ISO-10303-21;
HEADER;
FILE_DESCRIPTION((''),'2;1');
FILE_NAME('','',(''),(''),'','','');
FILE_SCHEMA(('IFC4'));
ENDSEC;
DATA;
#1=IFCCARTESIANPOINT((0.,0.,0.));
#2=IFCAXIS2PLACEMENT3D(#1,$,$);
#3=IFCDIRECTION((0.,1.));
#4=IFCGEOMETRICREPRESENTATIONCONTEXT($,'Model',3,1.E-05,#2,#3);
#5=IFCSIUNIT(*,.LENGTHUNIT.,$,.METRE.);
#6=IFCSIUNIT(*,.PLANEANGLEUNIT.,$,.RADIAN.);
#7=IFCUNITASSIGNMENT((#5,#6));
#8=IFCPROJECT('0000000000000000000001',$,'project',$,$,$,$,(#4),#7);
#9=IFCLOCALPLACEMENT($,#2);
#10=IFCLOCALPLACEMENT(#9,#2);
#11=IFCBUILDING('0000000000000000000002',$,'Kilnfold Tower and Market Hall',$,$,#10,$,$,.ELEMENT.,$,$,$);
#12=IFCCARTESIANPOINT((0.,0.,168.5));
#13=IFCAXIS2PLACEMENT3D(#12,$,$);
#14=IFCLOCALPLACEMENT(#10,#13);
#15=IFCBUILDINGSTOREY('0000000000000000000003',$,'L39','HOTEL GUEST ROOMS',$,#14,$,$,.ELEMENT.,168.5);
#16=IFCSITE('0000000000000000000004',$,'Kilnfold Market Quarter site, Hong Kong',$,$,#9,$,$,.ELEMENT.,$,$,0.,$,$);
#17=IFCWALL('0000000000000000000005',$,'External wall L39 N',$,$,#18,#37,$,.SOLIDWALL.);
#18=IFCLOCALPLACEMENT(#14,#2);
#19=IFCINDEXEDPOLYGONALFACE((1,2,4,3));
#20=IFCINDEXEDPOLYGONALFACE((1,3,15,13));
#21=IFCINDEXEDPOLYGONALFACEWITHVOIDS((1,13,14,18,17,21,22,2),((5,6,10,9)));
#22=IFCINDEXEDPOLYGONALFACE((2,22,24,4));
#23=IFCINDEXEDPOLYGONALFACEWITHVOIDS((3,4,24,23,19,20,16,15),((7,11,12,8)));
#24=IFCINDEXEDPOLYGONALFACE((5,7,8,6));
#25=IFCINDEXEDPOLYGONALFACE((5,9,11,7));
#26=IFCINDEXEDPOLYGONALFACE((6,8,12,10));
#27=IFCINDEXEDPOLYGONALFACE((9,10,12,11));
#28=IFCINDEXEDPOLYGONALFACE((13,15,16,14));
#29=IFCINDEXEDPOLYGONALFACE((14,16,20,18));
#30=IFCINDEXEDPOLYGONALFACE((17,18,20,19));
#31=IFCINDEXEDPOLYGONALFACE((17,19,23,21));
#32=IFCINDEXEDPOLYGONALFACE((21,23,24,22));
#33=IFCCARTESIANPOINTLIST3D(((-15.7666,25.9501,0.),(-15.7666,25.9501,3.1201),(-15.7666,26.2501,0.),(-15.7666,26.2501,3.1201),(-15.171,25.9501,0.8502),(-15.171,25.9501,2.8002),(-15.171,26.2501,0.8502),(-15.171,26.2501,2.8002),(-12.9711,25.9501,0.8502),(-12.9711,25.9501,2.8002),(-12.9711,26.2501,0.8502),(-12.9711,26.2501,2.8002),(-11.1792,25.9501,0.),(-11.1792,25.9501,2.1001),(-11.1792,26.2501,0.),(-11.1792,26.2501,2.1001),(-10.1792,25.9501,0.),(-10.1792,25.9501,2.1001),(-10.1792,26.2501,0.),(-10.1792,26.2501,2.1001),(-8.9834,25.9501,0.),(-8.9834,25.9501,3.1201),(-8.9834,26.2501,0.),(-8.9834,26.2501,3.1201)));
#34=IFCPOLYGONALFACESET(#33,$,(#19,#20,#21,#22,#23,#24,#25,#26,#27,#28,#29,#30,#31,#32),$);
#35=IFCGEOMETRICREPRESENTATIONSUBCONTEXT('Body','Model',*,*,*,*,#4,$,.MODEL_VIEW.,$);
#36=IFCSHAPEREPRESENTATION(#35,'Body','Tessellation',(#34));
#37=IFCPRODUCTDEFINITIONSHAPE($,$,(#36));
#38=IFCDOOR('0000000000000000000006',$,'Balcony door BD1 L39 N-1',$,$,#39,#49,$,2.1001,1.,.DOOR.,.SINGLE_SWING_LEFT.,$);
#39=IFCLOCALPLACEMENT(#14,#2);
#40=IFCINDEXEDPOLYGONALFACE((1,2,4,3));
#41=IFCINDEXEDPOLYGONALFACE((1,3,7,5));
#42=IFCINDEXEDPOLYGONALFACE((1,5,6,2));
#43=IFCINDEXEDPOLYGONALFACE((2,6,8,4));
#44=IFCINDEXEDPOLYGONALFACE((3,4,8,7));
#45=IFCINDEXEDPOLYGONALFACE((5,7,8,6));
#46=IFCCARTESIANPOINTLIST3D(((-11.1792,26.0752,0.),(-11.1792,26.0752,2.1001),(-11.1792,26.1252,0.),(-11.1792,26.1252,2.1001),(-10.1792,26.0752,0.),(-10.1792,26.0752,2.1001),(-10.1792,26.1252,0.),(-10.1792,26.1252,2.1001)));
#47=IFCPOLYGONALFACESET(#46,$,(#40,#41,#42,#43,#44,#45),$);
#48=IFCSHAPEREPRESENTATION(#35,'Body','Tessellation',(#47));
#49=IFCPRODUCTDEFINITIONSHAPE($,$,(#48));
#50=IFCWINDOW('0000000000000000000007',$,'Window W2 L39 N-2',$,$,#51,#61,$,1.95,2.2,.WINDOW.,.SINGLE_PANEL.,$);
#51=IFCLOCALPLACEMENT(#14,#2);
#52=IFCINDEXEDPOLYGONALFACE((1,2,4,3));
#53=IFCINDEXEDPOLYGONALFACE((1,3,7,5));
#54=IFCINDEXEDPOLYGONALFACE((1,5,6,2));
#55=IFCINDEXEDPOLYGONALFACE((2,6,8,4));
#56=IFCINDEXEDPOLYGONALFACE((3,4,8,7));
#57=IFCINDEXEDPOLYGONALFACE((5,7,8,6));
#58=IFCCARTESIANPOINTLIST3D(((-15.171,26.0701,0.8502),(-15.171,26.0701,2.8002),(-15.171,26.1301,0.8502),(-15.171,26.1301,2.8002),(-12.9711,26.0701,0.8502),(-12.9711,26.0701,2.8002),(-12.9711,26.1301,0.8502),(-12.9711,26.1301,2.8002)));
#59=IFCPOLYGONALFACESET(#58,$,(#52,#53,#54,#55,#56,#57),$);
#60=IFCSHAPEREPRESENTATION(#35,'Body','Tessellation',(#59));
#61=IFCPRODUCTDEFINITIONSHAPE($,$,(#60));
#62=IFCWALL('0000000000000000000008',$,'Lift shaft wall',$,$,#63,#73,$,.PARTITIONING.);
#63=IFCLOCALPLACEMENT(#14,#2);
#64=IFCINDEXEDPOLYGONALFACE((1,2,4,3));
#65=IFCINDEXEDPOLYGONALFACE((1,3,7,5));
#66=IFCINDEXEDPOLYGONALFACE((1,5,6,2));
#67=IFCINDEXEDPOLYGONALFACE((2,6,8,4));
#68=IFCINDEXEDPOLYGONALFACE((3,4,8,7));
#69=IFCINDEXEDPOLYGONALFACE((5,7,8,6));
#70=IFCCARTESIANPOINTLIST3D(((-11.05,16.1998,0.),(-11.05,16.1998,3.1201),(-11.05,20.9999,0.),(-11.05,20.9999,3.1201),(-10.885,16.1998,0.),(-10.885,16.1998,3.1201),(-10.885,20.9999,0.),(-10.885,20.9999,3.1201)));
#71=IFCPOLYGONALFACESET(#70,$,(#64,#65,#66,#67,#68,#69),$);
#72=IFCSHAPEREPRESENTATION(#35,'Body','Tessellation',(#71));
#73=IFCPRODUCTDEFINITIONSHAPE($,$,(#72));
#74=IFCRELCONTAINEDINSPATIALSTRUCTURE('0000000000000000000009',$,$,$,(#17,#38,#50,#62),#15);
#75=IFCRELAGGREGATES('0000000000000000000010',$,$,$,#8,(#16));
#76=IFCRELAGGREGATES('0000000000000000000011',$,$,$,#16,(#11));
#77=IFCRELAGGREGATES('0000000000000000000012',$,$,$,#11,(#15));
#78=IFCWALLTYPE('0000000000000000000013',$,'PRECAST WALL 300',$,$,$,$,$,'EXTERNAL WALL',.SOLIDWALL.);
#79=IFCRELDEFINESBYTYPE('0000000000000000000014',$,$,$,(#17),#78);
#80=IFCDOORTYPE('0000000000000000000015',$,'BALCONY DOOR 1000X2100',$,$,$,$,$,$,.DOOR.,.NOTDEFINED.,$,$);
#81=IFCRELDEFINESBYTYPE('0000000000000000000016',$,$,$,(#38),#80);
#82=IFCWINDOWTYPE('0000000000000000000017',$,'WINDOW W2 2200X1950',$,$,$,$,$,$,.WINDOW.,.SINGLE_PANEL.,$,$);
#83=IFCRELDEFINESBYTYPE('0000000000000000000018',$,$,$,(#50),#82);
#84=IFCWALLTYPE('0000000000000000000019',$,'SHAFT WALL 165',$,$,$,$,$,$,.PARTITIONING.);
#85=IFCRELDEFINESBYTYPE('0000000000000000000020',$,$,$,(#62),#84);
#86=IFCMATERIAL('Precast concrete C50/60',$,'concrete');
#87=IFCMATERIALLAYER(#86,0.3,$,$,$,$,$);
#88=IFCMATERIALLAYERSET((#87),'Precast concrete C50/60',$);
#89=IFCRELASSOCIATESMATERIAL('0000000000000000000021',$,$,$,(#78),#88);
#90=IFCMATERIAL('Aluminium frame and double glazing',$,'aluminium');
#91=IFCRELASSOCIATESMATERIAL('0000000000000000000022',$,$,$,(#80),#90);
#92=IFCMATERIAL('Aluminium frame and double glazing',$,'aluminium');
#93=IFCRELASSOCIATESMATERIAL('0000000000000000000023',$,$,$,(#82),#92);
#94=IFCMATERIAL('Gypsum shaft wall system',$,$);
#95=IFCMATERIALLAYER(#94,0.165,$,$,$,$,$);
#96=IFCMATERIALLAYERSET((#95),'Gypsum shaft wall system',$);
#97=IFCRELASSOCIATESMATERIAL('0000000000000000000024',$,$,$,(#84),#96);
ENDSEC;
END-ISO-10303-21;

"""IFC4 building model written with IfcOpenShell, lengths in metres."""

from ifc_helpers import new_model, si_unit, direction, frame, frame_2d, origin, place, context, subcontext, project, spatial, rectangle, extrude, source, transform, mapped, material, layer, layer_set, type_object, element, fill, save


model = new_model("IFC4")

# Units and contexts
model_context = context("Model", 3, precision=1e-05, world=origin(), true_north=direction((0.0, 1.0)))
body_context = subcontext(model_context, "Body", "Model", "MODEL_VIEW")
ifc_project = project(units=[si_unit("LENGTHUNIT", "METRE"), si_unit("PLANEANGLEUNIT", "RADIAN")], contexts=[model_context])

# Site, building, storey
site_placement = place(None, origin())
site = spatial("IfcSite", under=ifc_project, at=site_placement, Name="Kilnfold Market Quarter site, Hong Kong", CompositionType="ELEMENT", RefElevation=0.0)
building_placement = place(site_placement, origin())
building = spatial("IfcBuilding", under=site, at=building_placement, Name="Kilnfold Tower and Market Hall", CompositionType="ELEMENT")
storey_placement = place(building_placement, frame((0.0, 0.0, 168.5)))
storey = spatial("IfcBuildingStorey", under=building, at=storey_placement, Name="L39", Description="HOTEL GUEST ROOMS", CompositionType="ELEMENT", Elevation=168.5)

# Wall, openings, door, window
ifc_material_1 = material(Name="Precast concrete C50/60", Category="concrete")
ifc_layer_1 = layer(ifc_material_1, 0.3)
ifc_layer_set_1 = layer_set([ifc_layer_1], Name="Precast concrete C50/60")
wall_type_1 = type_object("IfcWallType", Name="PRECAST WALL 300", ElementType="EXTERNAL WALL", PredefinedType="SOLIDWALL", material=ifc_layer_set_1)
shared_shape_1 = source(origin(), body_context, "Body", "SweptSolid", [
    extrude(rectangle(XDim=6.7832, YDim=0.3, at=frame_2d((3.3916, 0.0))), origin(), (0.0, 0.0, 1.0), 3.1201),
])
wall_1_placement = place(storey_placement, frame((-8.9834, 26.1001, 0.0), z_axis=(0.0, 0.0, 1.0), x_axis=(-1.0, 0.0, 0.0)))
wall_1 = element("IfcWall", 1, at=wall_1_placement, inside=storey, type_object=wall_type_1, Name="External wall L39 N", PredefinedType="SOLIDWALL", context=body_context, shape_type="MappedRepresentation", body=[
    mapped(shared_shape_1, transform((0.0, 0.0, 0.0))),
])
opening_1_placement = place(wall_1_placement, frame((1.1958, 0.0, 0.0)))
opening_1 = element("IfcOpeningElement", 2, at=opening_1_placement, cuts=wall_1, PredefinedType="OPENING", context=body_context, shape_type="SweptSolid", body=[
    extrude(rectangle(XDim=1.0, YDim=2.1001, at=frame_2d((0.5, 1.05))), frame((0.0, 0.1602, 0.0), z_axis=(0.0, -1.0, 0.0), x_axis=(1.0, 0.0, 0.0)), (0.0, 0.0, 1.0), 0.3201),
])
opening_2_placement = place(wall_1_placement, frame((3.9875, 0.0, 0.8501)))
opening_2 = element("IfcOpeningElement", 3, at=opening_2_placement, cuts=wall_1, PredefinedType="OPENING", context=body_context, shape_type="SweptSolid", body=[
    extrude(rectangle(XDim=2.2, YDim=1.95, at=frame_2d((1.1001, 0.9751))), frame((0.0, 0.1602, 0.0), z_axis=(0.0, -1.0, 0.0), x_axis=(1.0, 0.0, 0.0)), (0.0, 0.0, 1.0), 0.3201),
])
ifc_material_2 = material(Name="Aluminium frame and double glazing", Category="aluminium")
door_type_1 = type_object("IfcDoorType", Name="BALCONY DOOR 1000X2100", OperationType="NOTDEFINED", PredefinedType="DOOR", material=ifc_material_2)
door_1_placement = place(opening_1_placement, origin())
door_1 = element("IfcDoor", 4, at=door_1_placement, inside=storey, type_object=door_type_1, Name="Balcony door BD1 L39 N-1", OperationType="SINGLE_SWING_LEFT", OverallHeight=2.1001, OverallWidth=1.0, PredefinedType="DOOR", context=body_context, shape_type="SweptSolid", body=[
    extrude(rectangle(XDim=1.0, YDim=2.1001, at=frame_2d((0.5, 1.05))), frame((0.0, 0.0249, 0.0), z_axis=(0.0, -1.0, 0.0), x_axis=(1.0, 0.0, 0.0)), (0.0, 0.0, 1.0), 0.05),
])
fill(opening_1, door_1)
ifc_material_3 = material(Name="Aluminium frame and double glazing", Category="aluminium")
window_type = type_object("IfcWindowType", Name="WINDOW W2 2200X1950", PartitioningType="SINGLE_PANEL", PredefinedType="WINDOW", material=ifc_material_3)
window_placement = place(opening_2_placement, origin())
window = element("IfcWindow", 5, at=window_placement, inside=storey, type_object=window_type, Name="Window W2 L39 N-2", OverallHeight=1.95, OverallWidth=2.2, PartitioningType="SINGLE_PANEL", PredefinedType="WINDOW", context=body_context, shape_type="SweptSolid", body=[
    extrude(rectangle(XDim=2.2, YDim=1.95, at=frame_2d((1.1001, 0.9751))), frame((0.0, 0.03, 0.0), z_axis=(0.0, -1.0, 0.0), x_axis=(1.0, 0.0, 0.0)), (0.0, 0.0, 1.0), 0.0601),
])
fill(opening_2, window)

# Wall
ifc_material_4 = material(Name="Gypsum shaft wall system")
ifc_layer_2 = layer(ifc_material_4, 0.165)
ifc_layer_set_2 = layer_set([ifc_layer_2], Name="Gypsum shaft wall system")
wall_type_2 = type_object("IfcWallType", Name="SHAFT WALL 165", PredefinedType="PARTITIONING", material=ifc_layer_set_2)
shared_shape_2 = source(origin(), body_context, "Body", "SweptSolid", [
    extrude(rectangle(XDim=4.8, YDim=0.165, at=frame_2d((2.3999, 0.0))), origin(), (0.0, 0.0, 1.0), 3.1201),
])
wall_2_placement = place(storey_placement, frame((-10.9675, 16.2, 0.0), z_axis=(0.0, 0.0, 1.0), x_axis=(0.0, 1.0, 0.0)))
element("IfcWall", 6, at=wall_2_placement, inside=storey, type_object=wall_type_2, Name="Lift shaft wall", PredefinedType="PARTITIONING", context=body_context, shape_type="MappedRepresentation", body=[
    mapped(shared_shape_2, transform((0.0, 0.0, 0.0))),
])

save(model, "model.ifc")
